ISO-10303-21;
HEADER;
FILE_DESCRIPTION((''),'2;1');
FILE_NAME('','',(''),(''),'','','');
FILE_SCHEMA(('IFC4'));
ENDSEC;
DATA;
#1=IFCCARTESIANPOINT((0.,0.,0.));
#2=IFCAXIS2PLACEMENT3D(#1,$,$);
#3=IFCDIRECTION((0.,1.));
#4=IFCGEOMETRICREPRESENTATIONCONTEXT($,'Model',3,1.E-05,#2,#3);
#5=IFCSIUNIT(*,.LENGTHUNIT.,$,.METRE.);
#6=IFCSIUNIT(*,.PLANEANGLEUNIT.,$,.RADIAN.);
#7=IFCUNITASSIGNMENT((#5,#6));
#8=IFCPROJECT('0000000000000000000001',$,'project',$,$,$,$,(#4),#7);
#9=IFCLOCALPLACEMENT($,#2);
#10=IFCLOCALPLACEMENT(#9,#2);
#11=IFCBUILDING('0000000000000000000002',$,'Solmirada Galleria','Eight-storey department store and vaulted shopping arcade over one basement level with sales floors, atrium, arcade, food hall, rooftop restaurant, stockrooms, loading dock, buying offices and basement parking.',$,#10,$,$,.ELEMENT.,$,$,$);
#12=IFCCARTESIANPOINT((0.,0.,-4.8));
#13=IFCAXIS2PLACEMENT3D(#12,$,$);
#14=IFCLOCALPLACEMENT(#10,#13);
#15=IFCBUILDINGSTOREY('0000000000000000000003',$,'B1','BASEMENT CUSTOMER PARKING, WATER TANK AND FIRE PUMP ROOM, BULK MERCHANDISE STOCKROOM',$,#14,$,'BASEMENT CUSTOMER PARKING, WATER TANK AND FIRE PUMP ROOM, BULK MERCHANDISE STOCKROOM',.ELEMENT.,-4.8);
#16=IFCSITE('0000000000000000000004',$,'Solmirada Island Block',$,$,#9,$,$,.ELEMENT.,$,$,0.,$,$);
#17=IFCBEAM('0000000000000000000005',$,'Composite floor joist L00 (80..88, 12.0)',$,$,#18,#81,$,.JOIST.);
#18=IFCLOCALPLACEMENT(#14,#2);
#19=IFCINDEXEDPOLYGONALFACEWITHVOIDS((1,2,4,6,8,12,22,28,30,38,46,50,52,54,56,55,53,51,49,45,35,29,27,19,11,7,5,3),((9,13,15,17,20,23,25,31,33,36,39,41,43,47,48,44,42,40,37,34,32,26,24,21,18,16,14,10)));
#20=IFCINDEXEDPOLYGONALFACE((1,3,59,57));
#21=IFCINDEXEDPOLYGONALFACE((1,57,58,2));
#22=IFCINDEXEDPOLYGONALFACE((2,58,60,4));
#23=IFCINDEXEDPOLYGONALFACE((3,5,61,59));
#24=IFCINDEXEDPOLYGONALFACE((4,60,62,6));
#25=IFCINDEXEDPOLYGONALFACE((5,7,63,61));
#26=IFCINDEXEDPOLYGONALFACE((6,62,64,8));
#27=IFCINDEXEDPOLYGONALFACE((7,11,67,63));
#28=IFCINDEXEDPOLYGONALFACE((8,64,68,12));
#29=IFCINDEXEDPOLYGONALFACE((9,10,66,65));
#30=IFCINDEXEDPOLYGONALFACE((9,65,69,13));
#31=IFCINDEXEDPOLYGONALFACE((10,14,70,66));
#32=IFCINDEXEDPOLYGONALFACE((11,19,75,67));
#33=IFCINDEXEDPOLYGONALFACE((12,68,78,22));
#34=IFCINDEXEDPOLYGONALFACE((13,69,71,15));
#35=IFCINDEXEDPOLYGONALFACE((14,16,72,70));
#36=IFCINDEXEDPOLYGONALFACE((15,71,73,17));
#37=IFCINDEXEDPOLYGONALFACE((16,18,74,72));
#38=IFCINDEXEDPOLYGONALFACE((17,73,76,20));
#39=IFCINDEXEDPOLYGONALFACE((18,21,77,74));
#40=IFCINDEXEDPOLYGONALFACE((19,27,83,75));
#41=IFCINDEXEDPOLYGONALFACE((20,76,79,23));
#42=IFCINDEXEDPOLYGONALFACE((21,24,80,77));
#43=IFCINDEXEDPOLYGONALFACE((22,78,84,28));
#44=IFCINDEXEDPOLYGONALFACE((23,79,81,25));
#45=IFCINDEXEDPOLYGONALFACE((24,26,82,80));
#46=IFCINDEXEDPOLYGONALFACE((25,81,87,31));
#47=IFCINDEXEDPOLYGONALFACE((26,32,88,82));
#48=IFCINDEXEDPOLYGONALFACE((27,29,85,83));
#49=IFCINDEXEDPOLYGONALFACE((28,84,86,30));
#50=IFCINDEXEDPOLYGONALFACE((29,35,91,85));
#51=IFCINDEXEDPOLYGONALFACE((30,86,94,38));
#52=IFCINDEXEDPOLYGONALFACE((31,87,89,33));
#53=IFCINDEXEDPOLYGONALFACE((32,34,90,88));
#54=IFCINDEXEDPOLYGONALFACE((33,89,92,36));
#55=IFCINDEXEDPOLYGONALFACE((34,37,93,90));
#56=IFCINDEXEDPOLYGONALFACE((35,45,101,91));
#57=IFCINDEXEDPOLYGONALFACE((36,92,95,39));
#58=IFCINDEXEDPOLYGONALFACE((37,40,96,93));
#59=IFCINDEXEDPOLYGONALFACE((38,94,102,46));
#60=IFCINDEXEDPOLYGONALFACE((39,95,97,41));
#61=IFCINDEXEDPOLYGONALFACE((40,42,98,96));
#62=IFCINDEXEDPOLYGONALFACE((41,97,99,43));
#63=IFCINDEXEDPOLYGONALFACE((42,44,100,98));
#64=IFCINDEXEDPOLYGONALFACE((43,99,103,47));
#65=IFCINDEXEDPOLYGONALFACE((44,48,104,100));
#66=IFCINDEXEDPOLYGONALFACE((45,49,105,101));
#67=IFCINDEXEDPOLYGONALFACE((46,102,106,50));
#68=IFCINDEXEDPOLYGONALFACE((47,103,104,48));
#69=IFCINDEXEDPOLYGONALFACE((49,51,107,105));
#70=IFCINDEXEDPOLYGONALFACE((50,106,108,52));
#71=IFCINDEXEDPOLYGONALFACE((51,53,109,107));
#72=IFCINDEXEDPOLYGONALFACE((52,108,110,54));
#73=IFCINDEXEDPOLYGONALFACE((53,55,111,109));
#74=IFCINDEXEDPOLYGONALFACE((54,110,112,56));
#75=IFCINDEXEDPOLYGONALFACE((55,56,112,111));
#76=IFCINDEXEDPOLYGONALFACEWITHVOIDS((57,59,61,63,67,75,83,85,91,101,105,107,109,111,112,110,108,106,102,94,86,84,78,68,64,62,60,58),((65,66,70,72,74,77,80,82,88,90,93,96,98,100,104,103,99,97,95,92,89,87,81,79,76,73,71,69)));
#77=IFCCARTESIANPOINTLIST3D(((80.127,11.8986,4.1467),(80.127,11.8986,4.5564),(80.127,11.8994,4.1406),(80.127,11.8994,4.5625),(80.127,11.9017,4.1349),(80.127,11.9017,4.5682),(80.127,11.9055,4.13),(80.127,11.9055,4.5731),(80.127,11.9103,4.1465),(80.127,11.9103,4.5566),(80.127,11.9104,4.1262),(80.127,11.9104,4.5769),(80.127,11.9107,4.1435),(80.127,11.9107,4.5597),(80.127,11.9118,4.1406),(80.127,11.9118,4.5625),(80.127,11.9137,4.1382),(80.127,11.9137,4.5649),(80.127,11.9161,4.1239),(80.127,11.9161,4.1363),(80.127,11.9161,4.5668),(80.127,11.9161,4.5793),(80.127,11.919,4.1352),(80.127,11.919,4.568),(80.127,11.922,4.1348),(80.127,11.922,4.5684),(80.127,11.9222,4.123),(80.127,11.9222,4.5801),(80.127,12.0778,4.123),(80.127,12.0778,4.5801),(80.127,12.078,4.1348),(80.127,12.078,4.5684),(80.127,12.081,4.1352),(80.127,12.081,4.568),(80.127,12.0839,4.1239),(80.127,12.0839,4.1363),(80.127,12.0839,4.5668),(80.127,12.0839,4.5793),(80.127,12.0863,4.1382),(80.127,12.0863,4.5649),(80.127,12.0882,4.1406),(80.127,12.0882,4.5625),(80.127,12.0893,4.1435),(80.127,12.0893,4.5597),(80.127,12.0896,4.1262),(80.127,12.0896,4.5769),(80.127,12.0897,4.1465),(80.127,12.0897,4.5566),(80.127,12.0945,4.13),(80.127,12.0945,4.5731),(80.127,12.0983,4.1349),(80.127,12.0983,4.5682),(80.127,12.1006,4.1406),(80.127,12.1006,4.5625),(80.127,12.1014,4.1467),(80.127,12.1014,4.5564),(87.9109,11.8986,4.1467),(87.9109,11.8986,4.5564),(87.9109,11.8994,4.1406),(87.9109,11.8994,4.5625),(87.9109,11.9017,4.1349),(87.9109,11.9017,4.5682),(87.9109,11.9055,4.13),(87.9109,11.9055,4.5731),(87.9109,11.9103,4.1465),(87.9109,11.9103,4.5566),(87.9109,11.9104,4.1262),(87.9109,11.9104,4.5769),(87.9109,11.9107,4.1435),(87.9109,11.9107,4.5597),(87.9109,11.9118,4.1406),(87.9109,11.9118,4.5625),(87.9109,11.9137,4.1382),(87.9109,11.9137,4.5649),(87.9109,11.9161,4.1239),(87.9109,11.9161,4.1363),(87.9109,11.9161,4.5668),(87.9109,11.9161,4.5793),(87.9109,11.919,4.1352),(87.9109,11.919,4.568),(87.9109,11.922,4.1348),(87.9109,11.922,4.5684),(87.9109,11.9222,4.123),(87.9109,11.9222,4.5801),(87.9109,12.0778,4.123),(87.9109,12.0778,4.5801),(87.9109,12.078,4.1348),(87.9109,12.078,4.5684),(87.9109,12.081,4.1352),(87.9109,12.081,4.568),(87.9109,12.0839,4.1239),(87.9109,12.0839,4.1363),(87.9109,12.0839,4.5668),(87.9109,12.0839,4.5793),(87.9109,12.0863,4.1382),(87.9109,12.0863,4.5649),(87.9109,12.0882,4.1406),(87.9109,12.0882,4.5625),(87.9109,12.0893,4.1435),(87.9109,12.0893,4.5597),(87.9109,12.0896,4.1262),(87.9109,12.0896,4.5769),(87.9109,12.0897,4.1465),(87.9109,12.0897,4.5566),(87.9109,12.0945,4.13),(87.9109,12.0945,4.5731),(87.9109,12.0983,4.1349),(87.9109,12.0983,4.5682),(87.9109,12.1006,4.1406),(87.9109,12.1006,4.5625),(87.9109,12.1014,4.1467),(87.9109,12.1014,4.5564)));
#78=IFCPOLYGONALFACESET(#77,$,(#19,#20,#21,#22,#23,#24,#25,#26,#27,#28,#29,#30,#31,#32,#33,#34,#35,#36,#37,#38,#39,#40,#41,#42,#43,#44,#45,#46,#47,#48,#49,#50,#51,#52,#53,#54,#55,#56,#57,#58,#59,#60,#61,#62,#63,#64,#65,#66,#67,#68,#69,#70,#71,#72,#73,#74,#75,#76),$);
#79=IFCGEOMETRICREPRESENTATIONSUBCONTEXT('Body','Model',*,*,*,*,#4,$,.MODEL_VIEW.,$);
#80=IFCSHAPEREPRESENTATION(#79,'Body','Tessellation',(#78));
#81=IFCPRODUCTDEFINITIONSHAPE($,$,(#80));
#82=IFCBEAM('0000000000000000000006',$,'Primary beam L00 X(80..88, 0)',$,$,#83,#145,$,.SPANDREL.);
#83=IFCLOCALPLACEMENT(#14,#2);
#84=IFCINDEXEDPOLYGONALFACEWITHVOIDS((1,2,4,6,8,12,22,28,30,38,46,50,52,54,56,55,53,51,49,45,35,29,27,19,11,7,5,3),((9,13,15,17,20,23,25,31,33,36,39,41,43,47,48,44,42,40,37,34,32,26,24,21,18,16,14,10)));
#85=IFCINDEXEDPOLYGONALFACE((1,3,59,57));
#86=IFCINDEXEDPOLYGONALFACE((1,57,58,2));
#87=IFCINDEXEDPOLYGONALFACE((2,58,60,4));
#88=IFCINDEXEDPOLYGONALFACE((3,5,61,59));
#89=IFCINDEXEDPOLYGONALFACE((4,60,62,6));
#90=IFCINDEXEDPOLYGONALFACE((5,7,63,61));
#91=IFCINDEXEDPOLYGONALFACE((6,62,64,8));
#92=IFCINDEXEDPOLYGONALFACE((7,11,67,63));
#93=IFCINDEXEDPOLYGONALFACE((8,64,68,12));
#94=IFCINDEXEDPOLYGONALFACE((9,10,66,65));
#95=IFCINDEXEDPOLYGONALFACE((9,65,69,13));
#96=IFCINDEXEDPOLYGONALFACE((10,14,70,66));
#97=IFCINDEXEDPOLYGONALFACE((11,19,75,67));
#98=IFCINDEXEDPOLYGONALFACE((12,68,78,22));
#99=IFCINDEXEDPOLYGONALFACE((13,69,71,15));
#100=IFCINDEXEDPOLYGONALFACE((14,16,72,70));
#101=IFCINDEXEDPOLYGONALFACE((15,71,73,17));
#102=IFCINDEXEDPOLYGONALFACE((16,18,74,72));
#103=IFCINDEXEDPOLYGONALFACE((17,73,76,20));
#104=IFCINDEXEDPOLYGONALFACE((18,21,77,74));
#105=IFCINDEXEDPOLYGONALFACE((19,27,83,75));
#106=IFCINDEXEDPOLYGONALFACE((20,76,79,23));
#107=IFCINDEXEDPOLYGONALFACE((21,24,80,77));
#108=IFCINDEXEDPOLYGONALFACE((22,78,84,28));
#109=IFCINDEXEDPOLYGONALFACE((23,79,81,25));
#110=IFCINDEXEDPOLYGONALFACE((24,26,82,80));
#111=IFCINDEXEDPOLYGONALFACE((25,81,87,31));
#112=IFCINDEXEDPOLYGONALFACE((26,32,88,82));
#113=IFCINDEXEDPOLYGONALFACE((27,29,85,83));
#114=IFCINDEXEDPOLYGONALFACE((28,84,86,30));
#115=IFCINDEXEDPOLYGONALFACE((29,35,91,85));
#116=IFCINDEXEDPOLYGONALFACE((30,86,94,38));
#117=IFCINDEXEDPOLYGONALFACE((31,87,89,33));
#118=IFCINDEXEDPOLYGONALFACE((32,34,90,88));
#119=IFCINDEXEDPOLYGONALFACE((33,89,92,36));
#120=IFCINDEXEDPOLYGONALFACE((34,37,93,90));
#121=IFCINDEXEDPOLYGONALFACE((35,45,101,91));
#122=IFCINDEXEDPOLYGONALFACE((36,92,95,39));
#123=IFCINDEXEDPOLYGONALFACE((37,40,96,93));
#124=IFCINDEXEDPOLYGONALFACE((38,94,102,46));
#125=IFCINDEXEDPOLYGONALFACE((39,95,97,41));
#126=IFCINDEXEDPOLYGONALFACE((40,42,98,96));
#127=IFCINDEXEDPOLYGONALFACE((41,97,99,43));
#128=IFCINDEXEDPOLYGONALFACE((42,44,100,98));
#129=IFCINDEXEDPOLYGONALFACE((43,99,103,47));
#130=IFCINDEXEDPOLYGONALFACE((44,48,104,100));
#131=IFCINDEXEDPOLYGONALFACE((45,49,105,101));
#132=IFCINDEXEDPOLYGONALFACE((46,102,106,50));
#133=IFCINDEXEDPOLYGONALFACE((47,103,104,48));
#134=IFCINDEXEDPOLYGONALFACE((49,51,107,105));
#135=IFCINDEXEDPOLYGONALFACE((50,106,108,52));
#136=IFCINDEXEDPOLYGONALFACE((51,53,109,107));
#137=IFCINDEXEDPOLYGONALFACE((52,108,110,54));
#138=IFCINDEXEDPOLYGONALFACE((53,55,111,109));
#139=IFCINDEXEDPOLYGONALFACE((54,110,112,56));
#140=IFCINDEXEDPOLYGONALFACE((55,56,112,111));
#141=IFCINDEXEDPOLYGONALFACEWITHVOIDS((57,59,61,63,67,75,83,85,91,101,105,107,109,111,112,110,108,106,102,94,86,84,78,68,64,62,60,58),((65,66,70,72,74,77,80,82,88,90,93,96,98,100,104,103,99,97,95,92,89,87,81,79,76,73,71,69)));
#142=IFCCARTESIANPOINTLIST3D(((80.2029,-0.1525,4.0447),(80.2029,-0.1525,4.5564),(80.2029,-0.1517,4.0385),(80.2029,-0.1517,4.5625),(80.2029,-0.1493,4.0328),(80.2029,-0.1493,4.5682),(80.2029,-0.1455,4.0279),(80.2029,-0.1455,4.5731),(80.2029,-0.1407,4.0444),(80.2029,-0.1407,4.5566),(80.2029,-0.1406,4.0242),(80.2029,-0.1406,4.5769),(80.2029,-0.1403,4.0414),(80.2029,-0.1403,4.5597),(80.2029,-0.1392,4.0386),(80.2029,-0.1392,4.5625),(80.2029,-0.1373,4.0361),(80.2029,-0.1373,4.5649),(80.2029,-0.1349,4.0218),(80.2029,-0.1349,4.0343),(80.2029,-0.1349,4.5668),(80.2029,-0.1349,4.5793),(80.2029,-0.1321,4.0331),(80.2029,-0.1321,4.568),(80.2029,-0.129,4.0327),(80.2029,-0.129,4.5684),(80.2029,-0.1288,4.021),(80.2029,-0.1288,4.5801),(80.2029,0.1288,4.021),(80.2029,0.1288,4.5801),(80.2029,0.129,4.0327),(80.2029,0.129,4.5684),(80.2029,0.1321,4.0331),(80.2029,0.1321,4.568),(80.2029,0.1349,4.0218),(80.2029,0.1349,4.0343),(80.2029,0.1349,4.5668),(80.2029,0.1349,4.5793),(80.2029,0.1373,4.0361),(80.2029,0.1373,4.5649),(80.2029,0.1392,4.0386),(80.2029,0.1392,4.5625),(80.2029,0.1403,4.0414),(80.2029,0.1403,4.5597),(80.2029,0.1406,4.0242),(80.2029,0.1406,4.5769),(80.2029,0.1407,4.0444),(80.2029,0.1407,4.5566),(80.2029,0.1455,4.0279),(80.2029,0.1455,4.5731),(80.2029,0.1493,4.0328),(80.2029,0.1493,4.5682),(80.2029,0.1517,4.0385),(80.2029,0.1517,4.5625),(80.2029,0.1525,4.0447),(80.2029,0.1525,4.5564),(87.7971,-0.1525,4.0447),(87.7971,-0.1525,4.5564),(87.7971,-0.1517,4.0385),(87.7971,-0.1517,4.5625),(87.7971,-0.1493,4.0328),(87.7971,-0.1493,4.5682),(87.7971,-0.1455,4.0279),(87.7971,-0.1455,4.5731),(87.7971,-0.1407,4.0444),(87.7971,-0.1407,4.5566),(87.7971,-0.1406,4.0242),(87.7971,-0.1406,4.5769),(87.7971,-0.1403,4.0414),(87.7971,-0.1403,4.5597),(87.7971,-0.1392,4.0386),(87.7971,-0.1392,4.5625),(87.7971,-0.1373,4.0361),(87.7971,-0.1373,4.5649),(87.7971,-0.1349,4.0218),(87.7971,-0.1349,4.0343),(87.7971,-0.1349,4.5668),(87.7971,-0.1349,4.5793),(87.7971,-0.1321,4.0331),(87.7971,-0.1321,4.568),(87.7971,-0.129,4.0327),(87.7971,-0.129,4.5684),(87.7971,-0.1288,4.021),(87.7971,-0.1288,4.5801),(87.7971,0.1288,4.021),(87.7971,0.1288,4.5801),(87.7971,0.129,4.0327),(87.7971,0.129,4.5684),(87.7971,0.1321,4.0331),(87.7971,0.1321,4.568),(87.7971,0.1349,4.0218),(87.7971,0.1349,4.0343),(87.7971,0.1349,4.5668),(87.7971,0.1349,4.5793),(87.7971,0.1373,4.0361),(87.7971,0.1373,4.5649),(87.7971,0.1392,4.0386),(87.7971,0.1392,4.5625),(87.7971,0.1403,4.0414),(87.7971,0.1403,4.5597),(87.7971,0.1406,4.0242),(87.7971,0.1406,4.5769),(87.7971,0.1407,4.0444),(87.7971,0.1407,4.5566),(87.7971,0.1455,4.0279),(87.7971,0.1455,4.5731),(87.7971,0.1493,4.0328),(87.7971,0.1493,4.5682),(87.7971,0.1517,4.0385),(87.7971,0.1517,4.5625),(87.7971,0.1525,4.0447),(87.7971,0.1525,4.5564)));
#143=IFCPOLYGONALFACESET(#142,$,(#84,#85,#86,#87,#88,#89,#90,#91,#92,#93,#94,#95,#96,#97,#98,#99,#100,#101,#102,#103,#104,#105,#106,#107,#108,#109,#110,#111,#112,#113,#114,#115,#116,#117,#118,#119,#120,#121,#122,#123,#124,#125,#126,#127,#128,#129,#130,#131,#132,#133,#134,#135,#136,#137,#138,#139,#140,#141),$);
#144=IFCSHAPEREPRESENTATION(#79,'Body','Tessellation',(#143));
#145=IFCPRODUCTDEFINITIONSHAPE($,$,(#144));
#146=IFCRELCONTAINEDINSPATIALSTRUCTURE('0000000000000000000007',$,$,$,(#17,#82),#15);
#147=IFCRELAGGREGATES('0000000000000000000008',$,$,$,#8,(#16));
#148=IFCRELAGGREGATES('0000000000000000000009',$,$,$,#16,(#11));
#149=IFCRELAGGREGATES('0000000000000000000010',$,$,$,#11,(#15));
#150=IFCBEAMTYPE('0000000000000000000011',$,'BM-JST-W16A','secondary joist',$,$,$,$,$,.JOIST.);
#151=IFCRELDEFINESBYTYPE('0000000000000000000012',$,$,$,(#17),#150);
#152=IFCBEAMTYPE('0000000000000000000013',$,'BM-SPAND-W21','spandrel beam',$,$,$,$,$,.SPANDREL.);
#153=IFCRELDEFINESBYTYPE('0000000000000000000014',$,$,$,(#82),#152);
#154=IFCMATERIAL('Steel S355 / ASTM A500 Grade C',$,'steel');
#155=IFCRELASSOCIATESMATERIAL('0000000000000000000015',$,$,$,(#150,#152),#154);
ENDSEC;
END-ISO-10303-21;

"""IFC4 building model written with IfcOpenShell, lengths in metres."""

from ifc_helpers import new_model, si_unit, direction, frame, origin, origin_2d, place, context, subcontext, project, spatial, hollow_rectangle, extrude, material, material_profile, profile_set, type_object, element, save


model = new_model("IFC4")

# Units and contexts
model_context = context("Model", 3, precision=1e-05, world=origin(), true_north=direction((0.0, 1.0)))
body_context = subcontext(model_context, "Body", "Model", "MODEL_VIEW")
ifc_project = project(units=[si_unit("LENGTHUNIT", "METRE"), si_unit("PLANEANGLEUNIT", "RADIAN")], contexts=[model_context])

# Site, building, storey
site_placement = place(None, origin())
site = spatial("IfcSite", under=ifc_project, at=site_placement, Name="Solmirada Island Block", CompositionType="ELEMENT", RefElevation=0.0)
building_placement = place(site_placement, origin())
building = spatial("IfcBuilding", under=site, at=building_placement, Name="Solmirada Galleria", Description="Eight-storey department store and vaulted shopping arcade over one basement level with sales floors, atrium, arcade, food hall, rooftop restaurant, stockrooms, loading dock, buying offices and basement parking.", CompositionType="ELEMENT")
storey_placement = place(building_placement, frame((0.0, 0.0, -4.8)))
storey = spatial("IfcBuildingStorey", under=building, at=storey_placement, Name="B1", Description="BASEMENT CUSTOMER PARKING, WATER TANK AND FIRE PUMP ROOM, BULK MERCHANDISE STOCKROOM", LongName="BASEMENT CUSTOMER PARKING, WATER TANK AND FIRE PUMP ROOM, BULK MERCHANDISE STOCKROOM", CompositionType="ELEMENT", Elevation=-4.8)

# Shared definitions
ifc_material_1 = material(Name="Steel S355 / ASTM A500 Grade C", Category="steel")

# Beams
ifc_material_profile_1 = material_profile(ifc_material_1, hollow_rectangle(XDim=0.2029, YDim=0.457, WallThickness=0.0117, InnerFilletRadius=0.0117, OuterFilletRadius=0.0237, at=origin_2d()), Name="HSS18X8X1/2")
ifc_profile_set_1 = profile_set([ifc_material_profile_1], Name="Steel S355 / ASTM A500 Grade C")
beam_type_1 = type_object("IfcBeamType", Name="BM-JST-W16A", Description="secondary joist", PredefinedType="JOIST", material=ifc_profile_set_1)
beam_1_placement = place(storey_placement, frame((80.127, 12.0, 4.3516), z_axis=(1.0, 0.0, 0.0), x_axis=(0.0, 1.0, 0.0)))
element("IfcBeam", 1, at=beam_1_placement, inside=storey, type_object=beam_type_1, Name="Composite floor joist L00 (80..88, 12.0)", PredefinedType="JOIST", context=body_context, shape_type="SweptSolid", body=[
    extrude(hollow_rectangle(XDim=0.2029, YDim=0.457, WallThickness=0.0117, InnerFilletRadius=0.0117, OuterFilletRadius=0.0237, at=origin_2d()), origin(), (0.0, 0.0, 1.0), 7.7839),
])
ifc_material_profile_2 = material_profile(ifc_material_1, hollow_rectangle(XDim=0.3049, YDim=0.5591, WallThickness=0.0117, InnerFilletRadius=0.0117, OuterFilletRadius=0.0237, at=origin_2d()), Name="HSS22X12X1/2")
ifc_profile_set_2 = profile_set([ifc_material_profile_2], Name="Steel S355 / ASTM A500 Grade C")
beam_type_2 = type_object("IfcBeamType", Name="BM-SPAND-W21", Description="spandrel beam", PredefinedType="SPANDREL", material=ifc_profile_set_2)
for number, where, z_axis, x_axis, name in (
    (2, (80.2029, 0.0, 4.3005), (1.0, 0.0, 0.0), (0.0, 1.0, 0.0), "Primary beam L00 X(80..88, 0)"),
):
    element("IfcBeam", number, at=place(storey_placement, frame(where, z_axis=z_axis, x_axis=x_axis)), inside=storey, type_object=beam_type_2, Name=name, PredefinedType="SPANDREL", context=body_context, shape_type="SweptSolid", body=[
        extrude(hollow_rectangle(XDim=0.3049, YDim=0.5591, WallThickness=0.0117, InnerFilletRadius=0.0117, OuterFilletRadius=0.0237, at=origin_2d()), origin(), (0.0, 0.0, 1.0), 7.5942),
    ])

save(model, "model.ifc")
